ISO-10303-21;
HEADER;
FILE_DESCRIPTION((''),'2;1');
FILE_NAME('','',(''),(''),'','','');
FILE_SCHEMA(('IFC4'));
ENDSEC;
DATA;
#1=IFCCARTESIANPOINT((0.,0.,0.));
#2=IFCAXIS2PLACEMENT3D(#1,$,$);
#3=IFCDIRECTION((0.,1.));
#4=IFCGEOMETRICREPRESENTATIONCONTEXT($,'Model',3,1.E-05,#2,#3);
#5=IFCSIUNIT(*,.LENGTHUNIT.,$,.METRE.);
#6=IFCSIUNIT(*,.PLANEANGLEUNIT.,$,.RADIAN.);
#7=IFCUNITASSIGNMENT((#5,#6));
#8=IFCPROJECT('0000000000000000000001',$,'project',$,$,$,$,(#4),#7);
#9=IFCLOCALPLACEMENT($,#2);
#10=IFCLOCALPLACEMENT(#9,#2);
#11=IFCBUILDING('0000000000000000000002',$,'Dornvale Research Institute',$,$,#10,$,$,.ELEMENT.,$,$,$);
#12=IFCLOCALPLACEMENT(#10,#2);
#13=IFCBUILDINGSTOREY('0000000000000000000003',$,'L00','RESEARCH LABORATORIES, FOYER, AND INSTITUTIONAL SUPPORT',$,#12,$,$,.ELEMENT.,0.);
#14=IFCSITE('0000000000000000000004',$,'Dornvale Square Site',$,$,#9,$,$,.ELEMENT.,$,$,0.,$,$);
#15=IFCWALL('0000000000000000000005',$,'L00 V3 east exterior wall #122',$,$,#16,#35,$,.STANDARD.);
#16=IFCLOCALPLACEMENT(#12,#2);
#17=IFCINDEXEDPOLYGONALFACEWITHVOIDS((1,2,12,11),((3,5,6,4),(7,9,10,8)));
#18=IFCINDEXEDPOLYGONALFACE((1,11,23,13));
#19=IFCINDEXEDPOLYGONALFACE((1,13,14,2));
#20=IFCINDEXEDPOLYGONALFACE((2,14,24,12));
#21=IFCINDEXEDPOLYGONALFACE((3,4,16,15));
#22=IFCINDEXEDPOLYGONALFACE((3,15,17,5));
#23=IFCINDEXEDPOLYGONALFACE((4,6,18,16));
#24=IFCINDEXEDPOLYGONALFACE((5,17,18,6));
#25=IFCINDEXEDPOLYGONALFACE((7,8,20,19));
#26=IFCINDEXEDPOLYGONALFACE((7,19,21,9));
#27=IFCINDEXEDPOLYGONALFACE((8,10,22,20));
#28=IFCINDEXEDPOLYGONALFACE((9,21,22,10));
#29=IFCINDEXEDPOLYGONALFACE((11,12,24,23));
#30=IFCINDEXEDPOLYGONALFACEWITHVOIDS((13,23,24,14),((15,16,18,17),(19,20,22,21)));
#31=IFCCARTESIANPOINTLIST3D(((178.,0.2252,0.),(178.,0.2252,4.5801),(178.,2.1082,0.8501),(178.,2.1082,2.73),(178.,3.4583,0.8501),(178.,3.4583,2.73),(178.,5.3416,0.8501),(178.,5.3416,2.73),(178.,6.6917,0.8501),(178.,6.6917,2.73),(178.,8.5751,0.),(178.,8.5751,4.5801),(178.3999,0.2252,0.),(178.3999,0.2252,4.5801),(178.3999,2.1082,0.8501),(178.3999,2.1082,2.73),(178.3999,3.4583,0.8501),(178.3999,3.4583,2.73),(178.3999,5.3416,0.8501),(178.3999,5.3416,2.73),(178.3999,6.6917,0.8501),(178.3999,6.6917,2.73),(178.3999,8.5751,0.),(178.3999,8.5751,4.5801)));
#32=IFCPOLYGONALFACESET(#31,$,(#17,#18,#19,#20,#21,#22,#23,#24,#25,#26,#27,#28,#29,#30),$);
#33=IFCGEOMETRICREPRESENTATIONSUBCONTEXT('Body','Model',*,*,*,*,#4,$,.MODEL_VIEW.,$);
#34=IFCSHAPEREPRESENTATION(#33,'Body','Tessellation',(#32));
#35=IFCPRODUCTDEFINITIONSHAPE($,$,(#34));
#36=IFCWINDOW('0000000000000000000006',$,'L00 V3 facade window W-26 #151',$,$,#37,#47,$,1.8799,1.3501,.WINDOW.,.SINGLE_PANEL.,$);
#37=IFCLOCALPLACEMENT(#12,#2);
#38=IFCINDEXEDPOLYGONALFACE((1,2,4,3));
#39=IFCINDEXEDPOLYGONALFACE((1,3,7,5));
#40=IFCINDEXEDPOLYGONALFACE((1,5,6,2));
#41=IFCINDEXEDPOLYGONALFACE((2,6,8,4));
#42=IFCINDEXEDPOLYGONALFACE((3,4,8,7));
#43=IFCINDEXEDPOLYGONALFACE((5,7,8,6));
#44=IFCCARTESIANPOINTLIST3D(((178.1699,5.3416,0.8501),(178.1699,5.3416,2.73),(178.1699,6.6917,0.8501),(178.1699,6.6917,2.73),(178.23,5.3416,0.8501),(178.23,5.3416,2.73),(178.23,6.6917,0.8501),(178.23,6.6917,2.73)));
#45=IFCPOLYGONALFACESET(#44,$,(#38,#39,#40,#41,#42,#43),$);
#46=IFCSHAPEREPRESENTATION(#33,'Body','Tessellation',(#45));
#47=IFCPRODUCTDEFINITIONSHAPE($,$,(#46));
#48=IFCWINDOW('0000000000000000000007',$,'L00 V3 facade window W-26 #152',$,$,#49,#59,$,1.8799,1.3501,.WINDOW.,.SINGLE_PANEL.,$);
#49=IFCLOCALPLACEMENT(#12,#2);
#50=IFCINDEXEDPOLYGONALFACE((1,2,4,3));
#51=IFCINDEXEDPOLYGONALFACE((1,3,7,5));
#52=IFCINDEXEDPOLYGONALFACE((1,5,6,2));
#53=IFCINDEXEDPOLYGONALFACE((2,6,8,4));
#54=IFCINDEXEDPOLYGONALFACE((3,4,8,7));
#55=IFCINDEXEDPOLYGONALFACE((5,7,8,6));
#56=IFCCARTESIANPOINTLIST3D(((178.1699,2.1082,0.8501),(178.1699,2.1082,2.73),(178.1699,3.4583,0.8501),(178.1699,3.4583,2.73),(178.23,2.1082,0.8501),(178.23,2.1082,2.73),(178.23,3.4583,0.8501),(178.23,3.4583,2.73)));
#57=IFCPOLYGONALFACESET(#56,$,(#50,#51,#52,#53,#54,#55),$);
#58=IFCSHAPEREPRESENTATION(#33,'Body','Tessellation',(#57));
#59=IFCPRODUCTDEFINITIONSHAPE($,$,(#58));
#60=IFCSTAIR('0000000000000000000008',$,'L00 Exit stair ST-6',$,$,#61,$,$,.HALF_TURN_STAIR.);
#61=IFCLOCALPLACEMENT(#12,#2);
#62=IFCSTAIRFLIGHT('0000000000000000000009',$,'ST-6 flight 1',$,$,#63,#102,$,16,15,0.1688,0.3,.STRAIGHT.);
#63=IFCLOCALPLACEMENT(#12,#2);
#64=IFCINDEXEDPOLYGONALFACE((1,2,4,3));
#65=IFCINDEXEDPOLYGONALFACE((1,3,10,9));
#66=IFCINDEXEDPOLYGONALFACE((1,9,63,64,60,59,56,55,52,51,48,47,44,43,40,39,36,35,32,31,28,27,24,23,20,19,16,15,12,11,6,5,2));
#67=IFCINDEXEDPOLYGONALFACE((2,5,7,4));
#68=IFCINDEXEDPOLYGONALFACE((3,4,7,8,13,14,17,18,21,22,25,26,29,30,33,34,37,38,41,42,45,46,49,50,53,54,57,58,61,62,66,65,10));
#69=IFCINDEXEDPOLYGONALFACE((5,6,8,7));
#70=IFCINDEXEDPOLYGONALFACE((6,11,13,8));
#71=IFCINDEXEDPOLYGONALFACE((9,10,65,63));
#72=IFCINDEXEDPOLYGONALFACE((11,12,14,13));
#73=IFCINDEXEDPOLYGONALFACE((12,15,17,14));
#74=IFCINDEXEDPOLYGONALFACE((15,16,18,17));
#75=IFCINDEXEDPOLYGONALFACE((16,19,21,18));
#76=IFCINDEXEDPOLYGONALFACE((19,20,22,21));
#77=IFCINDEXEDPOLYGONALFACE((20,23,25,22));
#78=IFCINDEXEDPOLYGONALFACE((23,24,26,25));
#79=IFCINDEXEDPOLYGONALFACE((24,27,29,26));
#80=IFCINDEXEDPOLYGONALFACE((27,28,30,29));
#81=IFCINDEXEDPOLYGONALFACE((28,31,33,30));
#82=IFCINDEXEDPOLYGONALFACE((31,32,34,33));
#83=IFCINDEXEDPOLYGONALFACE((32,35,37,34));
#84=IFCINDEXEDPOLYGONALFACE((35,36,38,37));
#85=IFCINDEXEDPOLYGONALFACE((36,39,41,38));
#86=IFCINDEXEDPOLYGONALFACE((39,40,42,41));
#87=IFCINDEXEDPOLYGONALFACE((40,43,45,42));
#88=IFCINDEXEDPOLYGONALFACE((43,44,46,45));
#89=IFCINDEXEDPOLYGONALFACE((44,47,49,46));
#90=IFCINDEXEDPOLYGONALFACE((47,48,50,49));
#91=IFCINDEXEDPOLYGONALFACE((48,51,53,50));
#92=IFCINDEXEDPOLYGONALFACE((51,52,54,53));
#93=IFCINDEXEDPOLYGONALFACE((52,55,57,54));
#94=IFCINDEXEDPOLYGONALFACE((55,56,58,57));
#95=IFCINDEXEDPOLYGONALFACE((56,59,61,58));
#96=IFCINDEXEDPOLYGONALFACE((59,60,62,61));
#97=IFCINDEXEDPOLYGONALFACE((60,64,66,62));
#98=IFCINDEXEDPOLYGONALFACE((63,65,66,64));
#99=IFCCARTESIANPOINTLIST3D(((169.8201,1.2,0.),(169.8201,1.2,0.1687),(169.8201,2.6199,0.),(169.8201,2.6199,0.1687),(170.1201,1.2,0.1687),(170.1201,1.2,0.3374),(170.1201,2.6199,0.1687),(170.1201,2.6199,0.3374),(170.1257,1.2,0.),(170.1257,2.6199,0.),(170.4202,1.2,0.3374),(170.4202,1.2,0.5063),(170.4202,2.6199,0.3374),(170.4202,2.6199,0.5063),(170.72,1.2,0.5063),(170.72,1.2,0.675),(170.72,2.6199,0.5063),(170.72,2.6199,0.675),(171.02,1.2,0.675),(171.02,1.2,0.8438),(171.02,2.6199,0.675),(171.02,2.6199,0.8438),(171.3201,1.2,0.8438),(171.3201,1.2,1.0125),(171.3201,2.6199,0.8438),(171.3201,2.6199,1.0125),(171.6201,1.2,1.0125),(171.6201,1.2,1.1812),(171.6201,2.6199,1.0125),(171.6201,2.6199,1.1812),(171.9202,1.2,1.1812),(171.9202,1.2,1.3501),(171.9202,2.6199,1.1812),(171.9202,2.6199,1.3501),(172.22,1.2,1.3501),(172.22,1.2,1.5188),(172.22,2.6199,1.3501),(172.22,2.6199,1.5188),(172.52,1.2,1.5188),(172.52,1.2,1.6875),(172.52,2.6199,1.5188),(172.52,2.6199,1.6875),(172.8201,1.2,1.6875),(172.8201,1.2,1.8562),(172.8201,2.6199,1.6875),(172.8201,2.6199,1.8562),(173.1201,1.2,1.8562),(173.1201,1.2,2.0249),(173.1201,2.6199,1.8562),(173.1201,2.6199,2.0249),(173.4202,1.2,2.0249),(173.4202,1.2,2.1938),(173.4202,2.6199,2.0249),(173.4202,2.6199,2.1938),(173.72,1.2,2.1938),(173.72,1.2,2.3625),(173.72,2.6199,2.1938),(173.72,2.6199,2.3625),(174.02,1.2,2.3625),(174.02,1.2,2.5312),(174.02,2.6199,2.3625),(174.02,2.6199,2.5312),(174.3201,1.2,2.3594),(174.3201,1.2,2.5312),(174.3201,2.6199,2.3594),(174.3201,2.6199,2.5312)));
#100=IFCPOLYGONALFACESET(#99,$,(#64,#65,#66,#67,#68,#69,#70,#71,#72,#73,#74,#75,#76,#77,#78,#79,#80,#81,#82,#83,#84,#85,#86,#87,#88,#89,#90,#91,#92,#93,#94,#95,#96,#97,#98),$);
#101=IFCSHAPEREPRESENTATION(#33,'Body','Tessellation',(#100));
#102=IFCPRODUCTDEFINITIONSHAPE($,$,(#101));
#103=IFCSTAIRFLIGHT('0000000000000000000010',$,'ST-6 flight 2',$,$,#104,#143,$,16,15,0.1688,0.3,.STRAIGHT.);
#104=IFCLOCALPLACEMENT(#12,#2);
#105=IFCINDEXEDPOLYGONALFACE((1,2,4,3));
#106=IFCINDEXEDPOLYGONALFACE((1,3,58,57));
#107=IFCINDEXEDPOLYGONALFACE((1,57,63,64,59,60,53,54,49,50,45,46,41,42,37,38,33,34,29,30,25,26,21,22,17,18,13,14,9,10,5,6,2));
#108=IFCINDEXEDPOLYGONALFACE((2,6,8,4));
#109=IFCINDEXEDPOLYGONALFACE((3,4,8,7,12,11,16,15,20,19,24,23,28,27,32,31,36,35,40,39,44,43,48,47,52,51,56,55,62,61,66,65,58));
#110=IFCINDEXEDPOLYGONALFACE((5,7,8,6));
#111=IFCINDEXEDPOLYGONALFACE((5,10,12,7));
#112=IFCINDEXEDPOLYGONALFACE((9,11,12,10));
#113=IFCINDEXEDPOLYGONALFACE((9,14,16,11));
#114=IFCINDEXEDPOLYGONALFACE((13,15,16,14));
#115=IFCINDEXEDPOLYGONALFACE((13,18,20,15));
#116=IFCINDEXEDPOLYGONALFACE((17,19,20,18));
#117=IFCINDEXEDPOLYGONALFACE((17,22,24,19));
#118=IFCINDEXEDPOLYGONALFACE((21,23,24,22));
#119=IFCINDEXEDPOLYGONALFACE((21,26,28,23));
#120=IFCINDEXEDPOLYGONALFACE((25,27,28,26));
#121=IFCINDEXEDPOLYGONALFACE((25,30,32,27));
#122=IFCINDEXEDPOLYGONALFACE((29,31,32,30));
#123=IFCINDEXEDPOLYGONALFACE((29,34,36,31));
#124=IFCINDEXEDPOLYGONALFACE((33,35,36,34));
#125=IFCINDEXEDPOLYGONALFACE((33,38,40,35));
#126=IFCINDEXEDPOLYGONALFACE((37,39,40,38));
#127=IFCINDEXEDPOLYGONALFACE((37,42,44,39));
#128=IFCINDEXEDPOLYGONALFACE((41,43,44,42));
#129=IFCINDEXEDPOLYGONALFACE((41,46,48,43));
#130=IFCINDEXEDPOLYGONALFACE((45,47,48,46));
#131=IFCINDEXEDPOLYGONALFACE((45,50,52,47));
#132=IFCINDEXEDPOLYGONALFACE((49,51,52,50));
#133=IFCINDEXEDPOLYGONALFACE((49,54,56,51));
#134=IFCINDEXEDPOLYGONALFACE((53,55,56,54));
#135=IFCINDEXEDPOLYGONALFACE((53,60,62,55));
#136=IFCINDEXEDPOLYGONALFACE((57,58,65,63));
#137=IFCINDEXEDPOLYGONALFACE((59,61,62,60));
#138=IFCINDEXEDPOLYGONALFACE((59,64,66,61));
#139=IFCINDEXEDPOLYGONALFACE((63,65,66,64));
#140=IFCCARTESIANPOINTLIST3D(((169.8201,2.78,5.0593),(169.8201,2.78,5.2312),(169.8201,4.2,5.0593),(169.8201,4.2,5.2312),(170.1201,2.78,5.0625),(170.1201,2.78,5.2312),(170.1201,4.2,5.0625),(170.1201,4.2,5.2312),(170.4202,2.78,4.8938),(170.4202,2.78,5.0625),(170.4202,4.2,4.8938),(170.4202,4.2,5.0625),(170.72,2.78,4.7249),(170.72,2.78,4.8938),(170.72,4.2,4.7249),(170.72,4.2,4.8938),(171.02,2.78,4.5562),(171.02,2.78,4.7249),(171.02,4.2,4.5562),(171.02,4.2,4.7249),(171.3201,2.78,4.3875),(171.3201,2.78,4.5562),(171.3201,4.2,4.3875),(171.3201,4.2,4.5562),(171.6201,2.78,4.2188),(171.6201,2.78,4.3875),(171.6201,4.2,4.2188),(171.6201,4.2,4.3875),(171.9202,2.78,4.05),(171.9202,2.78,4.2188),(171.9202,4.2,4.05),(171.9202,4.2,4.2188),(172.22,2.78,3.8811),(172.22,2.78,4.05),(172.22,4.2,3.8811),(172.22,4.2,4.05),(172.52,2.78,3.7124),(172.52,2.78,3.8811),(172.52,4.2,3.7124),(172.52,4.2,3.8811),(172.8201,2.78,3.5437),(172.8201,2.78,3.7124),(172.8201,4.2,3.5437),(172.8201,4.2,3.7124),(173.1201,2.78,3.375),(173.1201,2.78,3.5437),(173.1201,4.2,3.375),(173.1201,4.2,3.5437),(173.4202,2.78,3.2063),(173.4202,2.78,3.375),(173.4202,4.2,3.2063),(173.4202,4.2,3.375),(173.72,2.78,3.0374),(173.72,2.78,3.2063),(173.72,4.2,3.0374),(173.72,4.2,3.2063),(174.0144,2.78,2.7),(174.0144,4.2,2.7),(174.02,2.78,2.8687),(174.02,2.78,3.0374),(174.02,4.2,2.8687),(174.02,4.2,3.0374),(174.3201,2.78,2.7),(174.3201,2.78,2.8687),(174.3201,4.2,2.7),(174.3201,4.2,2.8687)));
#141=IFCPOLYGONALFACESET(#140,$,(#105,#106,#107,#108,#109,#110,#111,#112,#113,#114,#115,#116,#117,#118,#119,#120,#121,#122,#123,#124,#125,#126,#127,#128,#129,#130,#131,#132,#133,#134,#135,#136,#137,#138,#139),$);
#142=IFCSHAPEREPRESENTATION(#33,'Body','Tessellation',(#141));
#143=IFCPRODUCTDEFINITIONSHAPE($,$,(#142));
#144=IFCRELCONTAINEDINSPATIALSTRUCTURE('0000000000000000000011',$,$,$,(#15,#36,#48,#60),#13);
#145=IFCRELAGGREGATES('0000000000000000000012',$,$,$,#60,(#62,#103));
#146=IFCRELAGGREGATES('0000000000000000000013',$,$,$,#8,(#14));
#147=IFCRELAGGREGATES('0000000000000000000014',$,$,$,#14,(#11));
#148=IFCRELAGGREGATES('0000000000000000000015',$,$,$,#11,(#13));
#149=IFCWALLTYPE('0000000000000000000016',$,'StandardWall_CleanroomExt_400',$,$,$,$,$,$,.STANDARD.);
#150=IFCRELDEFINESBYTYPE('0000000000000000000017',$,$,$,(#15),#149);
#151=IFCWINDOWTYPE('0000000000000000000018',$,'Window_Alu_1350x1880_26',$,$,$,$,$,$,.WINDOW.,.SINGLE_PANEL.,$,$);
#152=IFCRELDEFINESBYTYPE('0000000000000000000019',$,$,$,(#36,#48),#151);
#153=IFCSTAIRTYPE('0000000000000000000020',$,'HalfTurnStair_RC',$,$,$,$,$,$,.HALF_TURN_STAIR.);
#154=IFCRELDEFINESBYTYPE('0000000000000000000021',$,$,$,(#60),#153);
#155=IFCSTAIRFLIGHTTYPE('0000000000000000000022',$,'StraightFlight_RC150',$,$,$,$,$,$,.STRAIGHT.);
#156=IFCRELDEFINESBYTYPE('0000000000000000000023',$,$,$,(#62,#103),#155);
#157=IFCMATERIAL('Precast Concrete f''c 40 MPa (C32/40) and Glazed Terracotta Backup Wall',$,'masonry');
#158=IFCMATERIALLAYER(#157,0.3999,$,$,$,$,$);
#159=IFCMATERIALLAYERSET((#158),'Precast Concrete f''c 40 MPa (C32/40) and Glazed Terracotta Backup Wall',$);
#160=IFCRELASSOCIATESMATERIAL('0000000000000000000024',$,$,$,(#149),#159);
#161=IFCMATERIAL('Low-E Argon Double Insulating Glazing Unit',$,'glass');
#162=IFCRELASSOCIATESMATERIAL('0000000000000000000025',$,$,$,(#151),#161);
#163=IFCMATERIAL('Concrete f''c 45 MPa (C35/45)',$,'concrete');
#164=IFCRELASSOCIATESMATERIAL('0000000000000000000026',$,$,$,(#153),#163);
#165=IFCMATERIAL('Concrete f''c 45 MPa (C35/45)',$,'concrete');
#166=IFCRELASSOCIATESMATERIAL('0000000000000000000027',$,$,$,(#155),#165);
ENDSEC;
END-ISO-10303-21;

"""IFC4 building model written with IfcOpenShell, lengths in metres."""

from ifc_helpers import new_model, si_unit, direction, frame, frame_2d, origin, place, context, subcontext, project, spatial, polyline, rectangle, outline, extrude, material, layer, layer_set, type_object, element, fill, aggregate, save


model = new_model("IFC4")

# Units and contexts
model_context = context("Model", 3, precision=1e-05, world=origin(), true_north=direction((0.0, 1.0)))
body_context = subcontext(model_context, "Body", "Model", "MODEL_VIEW")
ifc_project = project(units=[si_unit("LENGTHUNIT", "METRE"), si_unit("PLANEANGLEUNIT", "RADIAN")], contexts=[model_context])

# Site, building, storey
site_placement = place(None, origin())
site = spatial("IfcSite", under=ifc_project, at=site_placement, Name="Dornvale Square Site", CompositionType="ELEMENT", RefElevation=0.0)
building_placement = place(site_placement, origin())
building = spatial("IfcBuilding", under=site, at=building_placement, Name="Dornvale Research Institute", CompositionType="ELEMENT")
storey_placement = place(building_placement, origin())
storey = spatial("IfcBuildingStorey", under=building, at=storey_placement, Name="L00", Description="RESEARCH LABORATORIES, FOYER, AND INSTITUTIONAL SUPPORT", CompositionType="ELEMENT", Elevation=0.0)

# Wall, openings, windows
ifc_material_1 = material(Name="Precast Concrete f'c 40 MPa (C32/40) and Glazed Terracotta Backup Wall", Category="masonry")
ifc_layer_1 = layer(ifc_material_1, 0.3999)
ifc_layer_set_1 = layer_set([ifc_layer_1], Name="Precast Concrete f'c 40 MPa (C32/40) and Glazed Terracotta Backup Wall")
wall_type_1 = type_object("IfcWallType", Name="StandardWall_CleanroomExt_400", PredefinedType="STANDARD", material=ifc_layer_set_1)
wall_1_placement = place(storey_placement, frame((178.2, 8.575, 0.0), z_axis=(0.0, 0.0, 1.0), x_axis=(0.0, -1.0, 0.0)))
wall_1 = element("IfcWall", 1, at=wall_1_placement, inside=storey, type_object=wall_type_1, Name="L00 V3 east exterior wall #122", PredefinedType="STANDARD", context=body_context, shape_type="SweptSolid", body=[
    extrude(rectangle(XDim=8.3499, YDim=0.3999, at=frame_2d((4.1748, 0.0))), origin(), (0.0, 0.0, 1.0), 4.5801),
])
opening_1_placement = place(wall_1_placement, frame((1.8833, 0.0, 0.8501)))
opening_1 = element("IfcOpeningElement", 2, at=opening_1_placement, cuts=wall_1, PredefinedType="OPENING", context=body_context, shape_type="SweptSolid", body=[
    extrude(rectangle(XDim=1.3501, YDim=1.8799, at=frame_2d((0.675, 0.9399))), frame((0.0, 0.2148, 0.0), z_axis=(0.0, -1.0, 0.0), x_axis=(1.0, 0.0, 0.0)), (0.0, 0.0, 1.0), 0.4299),
])
opening_2_placement = place(wall_1_placement, frame((5.1167, 0.0, 0.8501)))
opening_2 = element("IfcOpeningElement", 3, at=opening_2_placement, cuts=wall_1, PredefinedType="OPENING", context=body_context, shape_type="SweptSolid", body=[
    extrude(rectangle(XDim=1.3501, YDim=1.8799, at=frame_2d((0.675, 0.9399))), frame((0.0, 0.2148, 0.0), z_axis=(0.0, -1.0, 0.0), x_axis=(1.0, 0.0, 0.0)), (0.0, 0.0, 1.0), 0.4299),
])
ifc_material_2 = material(Name="Low-E Argon Double Insulating Glazing Unit", Category="glass")
window_type = type_object("IfcWindowType", Name="Window_Alu_1350x1880_26", PartitioningType="SINGLE_PANEL", PredefinedType="WINDOW", material=ifc_material_2)
window_1_placement = place(opening_1_placement, origin())
window_1 = element("IfcWindow", 4, at=window_1_placement, inside=storey, type_object=window_type, Name="L00 V3 facade window W-26 #151", OverallHeight=1.8799, OverallWidth=1.3501, PartitioningType="SINGLE_PANEL", PredefinedType="WINDOW", context=body_context, shape_type="SweptSolid", body=[
    extrude(rectangle(XDim=1.3501, YDim=1.8799, at=frame_2d((0.675, 0.9399))), frame((0.0, 0.03, 0.0), z_axis=(0.0, -1.0, 0.0), x_axis=(1.0, 0.0, 0.0)), (0.0, 0.0, 1.0), 0.0601),
])
fill(opening_1, window_1)
window_2_placement = place(opening_2_placement, origin())
window_2 = element("IfcWindow", 5, at=window_2_placement, inside=storey, type_object=window_type, Name="L00 V3 facade window W-26 #152", OverallHeight=1.8799, OverallWidth=1.3501, PartitioningType="SINGLE_PANEL", PredefinedType="WINDOW", context=body_context, shape_type="SweptSolid", body=[
    extrude(rectangle(XDim=1.3501, YDim=1.8799, at=frame_2d((0.675, 0.9399))), frame((0.0, 0.03, 0.0), z_axis=(0.0, -1.0, 0.0), x_axis=(1.0, 0.0, 0.0)), (0.0, 0.0, 1.0), 0.0601),
])
fill(opening_2, window_2)

# Stair, stair flights
ifc_material_3 = material(Name="Concrete f'c 45 MPa (C35/45)", Category="concrete")
stair_type = type_object("IfcStairType", Name="HalfTurnStair_RC", PredefinedType="HALF_TURN_STAIR", material=ifc_material_3)
stair_placement = place(storey_placement, origin())
stair = element("IfcStair", 6, at=stair_placement, inside=storey, type_object=stair_type, Name="L00 Exit stair ST-6", PredefinedType="HALF_TURN_STAIR")
ifc_material_4 = material(Name="Concrete f'c 45 MPa (C35/45)", Category="concrete")
stair_flight_type = type_object("IfcStairFlightType", Name="StraightFlight_RC150", PredefinedType="STRAIGHT", material=ifc_material_4)
stair_flight_1_placement = place(storey_placement, frame((169.8201, 1.9099, 0.0), z_axis=(0.0, 0.0, 1.0), x_axis=(1.0, 0.0, 0.0)))
stair_flight_1 = element("IfcStairFlight", 7, at=stair_flight_1_placement, type_object=stair_flight_type, Name="ST-6 flight 1", NumberOfRisers=16, NumberOfTreads=15, PredefinedType="STRAIGHT", RiserHeight=0.1688, TreadLength=0.3, context=body_context, shape_type="SweptSolid", body=[
    extrude(outline(polyline([(0.0, 0.0), (0.0, 0.1687), (0.3, 0.1687), (0.3, 0.3374), (0.6001, 0.3374), (0.6001, 0.5063), (0.8999, 0.5063), (0.8999, 0.675), (1.2, 0.675), (1.2, 0.8438), (1.5, 0.8438), (1.5, 1.0125), (1.8, 1.0125), (1.8, 1.1812), (2.1001, 1.1812), (2.1001, 1.3501), (2.3999, 1.3501), (2.3999, 1.5188), (2.7, 1.5188), (2.7, 1.6875), (3.0, 1.6875), (3.0, 1.8562), (3.3, 1.8562), (3.3, 2.0249), (3.6001, 2.0249), (3.6001, 2.1938), (3.8999, 2.1938), (3.8999, 2.3625), (4.2, 2.3625), (4.2, 2.5312), (4.5, 2.5312), (4.5, 2.7), (4.5, 2.3594), (0.3057, 0.0), (0.0, 0.0)])), frame((0.0, 0.71, 0.0), z_axis=(0.0, -1.0, 0.0), x_axis=(1.0, 0.0, 0.0)), (0.0, 0.0, 1.0), 1.4199),
])
stair_flight_2_placement = place(storey_placement, frame((174.3201, 3.49, 2.7), z_axis=(0.0, 0.0, 1.0), x_axis=(-1.0, 0.0, 0.0)))
stair_flight_2 = element("IfcStairFlight", 8, at=stair_flight_2_placement, type_object=stair_flight_type, Name="ST-6 flight 2", NumberOfRisers=16, NumberOfTreads=15, PredefinedType="STRAIGHT", RiserHeight=0.1688, TreadLength=0.3, context=body_context, shape_type="SweptSolid", body=[
    extrude(outline(polyline([(0.0, 0.0), (0.0, 0.1687), (0.3, 0.1687), (0.3, 0.3374), (0.6001, 0.3374), (0.6001, 0.5063), (0.8999, 0.5063), (0.8999, 0.675), (1.2, 0.675), (1.2, 0.8438), (1.5, 0.8438), (1.5, 1.0125), (1.8, 1.0125), (1.8, 1.1812), (2.1001, 1.1812), (2.1001, 1.3501), (2.3999, 1.3501), (2.3999, 1.5188), (2.7, 1.5188), (2.7, 1.6875), (3.0, 1.6875), (3.0, 1.8562), (3.3, 1.8562), (3.3, 2.0249), (3.6001, 2.0249), (3.6001, 2.1938), (3.8999, 2.1938), (3.8999, 2.3625), (4.2, 2.3625), (4.2, 2.5312), (4.5, 2.5312), (4.5, 2.7), (4.5, 2.3594), (0.3057, 0.0), (0.0, 0.0)])), frame((0.0, 0.71, 0.0), z_axis=(0.0, -1.0, 0.0), x_axis=(1.0, 0.0, 0.0)), (0.0, 0.0, 1.0), 1.4199),
])
aggregate(stair, [stair_flight_1, stair_flight_2])

save(model, "model.ifc")
